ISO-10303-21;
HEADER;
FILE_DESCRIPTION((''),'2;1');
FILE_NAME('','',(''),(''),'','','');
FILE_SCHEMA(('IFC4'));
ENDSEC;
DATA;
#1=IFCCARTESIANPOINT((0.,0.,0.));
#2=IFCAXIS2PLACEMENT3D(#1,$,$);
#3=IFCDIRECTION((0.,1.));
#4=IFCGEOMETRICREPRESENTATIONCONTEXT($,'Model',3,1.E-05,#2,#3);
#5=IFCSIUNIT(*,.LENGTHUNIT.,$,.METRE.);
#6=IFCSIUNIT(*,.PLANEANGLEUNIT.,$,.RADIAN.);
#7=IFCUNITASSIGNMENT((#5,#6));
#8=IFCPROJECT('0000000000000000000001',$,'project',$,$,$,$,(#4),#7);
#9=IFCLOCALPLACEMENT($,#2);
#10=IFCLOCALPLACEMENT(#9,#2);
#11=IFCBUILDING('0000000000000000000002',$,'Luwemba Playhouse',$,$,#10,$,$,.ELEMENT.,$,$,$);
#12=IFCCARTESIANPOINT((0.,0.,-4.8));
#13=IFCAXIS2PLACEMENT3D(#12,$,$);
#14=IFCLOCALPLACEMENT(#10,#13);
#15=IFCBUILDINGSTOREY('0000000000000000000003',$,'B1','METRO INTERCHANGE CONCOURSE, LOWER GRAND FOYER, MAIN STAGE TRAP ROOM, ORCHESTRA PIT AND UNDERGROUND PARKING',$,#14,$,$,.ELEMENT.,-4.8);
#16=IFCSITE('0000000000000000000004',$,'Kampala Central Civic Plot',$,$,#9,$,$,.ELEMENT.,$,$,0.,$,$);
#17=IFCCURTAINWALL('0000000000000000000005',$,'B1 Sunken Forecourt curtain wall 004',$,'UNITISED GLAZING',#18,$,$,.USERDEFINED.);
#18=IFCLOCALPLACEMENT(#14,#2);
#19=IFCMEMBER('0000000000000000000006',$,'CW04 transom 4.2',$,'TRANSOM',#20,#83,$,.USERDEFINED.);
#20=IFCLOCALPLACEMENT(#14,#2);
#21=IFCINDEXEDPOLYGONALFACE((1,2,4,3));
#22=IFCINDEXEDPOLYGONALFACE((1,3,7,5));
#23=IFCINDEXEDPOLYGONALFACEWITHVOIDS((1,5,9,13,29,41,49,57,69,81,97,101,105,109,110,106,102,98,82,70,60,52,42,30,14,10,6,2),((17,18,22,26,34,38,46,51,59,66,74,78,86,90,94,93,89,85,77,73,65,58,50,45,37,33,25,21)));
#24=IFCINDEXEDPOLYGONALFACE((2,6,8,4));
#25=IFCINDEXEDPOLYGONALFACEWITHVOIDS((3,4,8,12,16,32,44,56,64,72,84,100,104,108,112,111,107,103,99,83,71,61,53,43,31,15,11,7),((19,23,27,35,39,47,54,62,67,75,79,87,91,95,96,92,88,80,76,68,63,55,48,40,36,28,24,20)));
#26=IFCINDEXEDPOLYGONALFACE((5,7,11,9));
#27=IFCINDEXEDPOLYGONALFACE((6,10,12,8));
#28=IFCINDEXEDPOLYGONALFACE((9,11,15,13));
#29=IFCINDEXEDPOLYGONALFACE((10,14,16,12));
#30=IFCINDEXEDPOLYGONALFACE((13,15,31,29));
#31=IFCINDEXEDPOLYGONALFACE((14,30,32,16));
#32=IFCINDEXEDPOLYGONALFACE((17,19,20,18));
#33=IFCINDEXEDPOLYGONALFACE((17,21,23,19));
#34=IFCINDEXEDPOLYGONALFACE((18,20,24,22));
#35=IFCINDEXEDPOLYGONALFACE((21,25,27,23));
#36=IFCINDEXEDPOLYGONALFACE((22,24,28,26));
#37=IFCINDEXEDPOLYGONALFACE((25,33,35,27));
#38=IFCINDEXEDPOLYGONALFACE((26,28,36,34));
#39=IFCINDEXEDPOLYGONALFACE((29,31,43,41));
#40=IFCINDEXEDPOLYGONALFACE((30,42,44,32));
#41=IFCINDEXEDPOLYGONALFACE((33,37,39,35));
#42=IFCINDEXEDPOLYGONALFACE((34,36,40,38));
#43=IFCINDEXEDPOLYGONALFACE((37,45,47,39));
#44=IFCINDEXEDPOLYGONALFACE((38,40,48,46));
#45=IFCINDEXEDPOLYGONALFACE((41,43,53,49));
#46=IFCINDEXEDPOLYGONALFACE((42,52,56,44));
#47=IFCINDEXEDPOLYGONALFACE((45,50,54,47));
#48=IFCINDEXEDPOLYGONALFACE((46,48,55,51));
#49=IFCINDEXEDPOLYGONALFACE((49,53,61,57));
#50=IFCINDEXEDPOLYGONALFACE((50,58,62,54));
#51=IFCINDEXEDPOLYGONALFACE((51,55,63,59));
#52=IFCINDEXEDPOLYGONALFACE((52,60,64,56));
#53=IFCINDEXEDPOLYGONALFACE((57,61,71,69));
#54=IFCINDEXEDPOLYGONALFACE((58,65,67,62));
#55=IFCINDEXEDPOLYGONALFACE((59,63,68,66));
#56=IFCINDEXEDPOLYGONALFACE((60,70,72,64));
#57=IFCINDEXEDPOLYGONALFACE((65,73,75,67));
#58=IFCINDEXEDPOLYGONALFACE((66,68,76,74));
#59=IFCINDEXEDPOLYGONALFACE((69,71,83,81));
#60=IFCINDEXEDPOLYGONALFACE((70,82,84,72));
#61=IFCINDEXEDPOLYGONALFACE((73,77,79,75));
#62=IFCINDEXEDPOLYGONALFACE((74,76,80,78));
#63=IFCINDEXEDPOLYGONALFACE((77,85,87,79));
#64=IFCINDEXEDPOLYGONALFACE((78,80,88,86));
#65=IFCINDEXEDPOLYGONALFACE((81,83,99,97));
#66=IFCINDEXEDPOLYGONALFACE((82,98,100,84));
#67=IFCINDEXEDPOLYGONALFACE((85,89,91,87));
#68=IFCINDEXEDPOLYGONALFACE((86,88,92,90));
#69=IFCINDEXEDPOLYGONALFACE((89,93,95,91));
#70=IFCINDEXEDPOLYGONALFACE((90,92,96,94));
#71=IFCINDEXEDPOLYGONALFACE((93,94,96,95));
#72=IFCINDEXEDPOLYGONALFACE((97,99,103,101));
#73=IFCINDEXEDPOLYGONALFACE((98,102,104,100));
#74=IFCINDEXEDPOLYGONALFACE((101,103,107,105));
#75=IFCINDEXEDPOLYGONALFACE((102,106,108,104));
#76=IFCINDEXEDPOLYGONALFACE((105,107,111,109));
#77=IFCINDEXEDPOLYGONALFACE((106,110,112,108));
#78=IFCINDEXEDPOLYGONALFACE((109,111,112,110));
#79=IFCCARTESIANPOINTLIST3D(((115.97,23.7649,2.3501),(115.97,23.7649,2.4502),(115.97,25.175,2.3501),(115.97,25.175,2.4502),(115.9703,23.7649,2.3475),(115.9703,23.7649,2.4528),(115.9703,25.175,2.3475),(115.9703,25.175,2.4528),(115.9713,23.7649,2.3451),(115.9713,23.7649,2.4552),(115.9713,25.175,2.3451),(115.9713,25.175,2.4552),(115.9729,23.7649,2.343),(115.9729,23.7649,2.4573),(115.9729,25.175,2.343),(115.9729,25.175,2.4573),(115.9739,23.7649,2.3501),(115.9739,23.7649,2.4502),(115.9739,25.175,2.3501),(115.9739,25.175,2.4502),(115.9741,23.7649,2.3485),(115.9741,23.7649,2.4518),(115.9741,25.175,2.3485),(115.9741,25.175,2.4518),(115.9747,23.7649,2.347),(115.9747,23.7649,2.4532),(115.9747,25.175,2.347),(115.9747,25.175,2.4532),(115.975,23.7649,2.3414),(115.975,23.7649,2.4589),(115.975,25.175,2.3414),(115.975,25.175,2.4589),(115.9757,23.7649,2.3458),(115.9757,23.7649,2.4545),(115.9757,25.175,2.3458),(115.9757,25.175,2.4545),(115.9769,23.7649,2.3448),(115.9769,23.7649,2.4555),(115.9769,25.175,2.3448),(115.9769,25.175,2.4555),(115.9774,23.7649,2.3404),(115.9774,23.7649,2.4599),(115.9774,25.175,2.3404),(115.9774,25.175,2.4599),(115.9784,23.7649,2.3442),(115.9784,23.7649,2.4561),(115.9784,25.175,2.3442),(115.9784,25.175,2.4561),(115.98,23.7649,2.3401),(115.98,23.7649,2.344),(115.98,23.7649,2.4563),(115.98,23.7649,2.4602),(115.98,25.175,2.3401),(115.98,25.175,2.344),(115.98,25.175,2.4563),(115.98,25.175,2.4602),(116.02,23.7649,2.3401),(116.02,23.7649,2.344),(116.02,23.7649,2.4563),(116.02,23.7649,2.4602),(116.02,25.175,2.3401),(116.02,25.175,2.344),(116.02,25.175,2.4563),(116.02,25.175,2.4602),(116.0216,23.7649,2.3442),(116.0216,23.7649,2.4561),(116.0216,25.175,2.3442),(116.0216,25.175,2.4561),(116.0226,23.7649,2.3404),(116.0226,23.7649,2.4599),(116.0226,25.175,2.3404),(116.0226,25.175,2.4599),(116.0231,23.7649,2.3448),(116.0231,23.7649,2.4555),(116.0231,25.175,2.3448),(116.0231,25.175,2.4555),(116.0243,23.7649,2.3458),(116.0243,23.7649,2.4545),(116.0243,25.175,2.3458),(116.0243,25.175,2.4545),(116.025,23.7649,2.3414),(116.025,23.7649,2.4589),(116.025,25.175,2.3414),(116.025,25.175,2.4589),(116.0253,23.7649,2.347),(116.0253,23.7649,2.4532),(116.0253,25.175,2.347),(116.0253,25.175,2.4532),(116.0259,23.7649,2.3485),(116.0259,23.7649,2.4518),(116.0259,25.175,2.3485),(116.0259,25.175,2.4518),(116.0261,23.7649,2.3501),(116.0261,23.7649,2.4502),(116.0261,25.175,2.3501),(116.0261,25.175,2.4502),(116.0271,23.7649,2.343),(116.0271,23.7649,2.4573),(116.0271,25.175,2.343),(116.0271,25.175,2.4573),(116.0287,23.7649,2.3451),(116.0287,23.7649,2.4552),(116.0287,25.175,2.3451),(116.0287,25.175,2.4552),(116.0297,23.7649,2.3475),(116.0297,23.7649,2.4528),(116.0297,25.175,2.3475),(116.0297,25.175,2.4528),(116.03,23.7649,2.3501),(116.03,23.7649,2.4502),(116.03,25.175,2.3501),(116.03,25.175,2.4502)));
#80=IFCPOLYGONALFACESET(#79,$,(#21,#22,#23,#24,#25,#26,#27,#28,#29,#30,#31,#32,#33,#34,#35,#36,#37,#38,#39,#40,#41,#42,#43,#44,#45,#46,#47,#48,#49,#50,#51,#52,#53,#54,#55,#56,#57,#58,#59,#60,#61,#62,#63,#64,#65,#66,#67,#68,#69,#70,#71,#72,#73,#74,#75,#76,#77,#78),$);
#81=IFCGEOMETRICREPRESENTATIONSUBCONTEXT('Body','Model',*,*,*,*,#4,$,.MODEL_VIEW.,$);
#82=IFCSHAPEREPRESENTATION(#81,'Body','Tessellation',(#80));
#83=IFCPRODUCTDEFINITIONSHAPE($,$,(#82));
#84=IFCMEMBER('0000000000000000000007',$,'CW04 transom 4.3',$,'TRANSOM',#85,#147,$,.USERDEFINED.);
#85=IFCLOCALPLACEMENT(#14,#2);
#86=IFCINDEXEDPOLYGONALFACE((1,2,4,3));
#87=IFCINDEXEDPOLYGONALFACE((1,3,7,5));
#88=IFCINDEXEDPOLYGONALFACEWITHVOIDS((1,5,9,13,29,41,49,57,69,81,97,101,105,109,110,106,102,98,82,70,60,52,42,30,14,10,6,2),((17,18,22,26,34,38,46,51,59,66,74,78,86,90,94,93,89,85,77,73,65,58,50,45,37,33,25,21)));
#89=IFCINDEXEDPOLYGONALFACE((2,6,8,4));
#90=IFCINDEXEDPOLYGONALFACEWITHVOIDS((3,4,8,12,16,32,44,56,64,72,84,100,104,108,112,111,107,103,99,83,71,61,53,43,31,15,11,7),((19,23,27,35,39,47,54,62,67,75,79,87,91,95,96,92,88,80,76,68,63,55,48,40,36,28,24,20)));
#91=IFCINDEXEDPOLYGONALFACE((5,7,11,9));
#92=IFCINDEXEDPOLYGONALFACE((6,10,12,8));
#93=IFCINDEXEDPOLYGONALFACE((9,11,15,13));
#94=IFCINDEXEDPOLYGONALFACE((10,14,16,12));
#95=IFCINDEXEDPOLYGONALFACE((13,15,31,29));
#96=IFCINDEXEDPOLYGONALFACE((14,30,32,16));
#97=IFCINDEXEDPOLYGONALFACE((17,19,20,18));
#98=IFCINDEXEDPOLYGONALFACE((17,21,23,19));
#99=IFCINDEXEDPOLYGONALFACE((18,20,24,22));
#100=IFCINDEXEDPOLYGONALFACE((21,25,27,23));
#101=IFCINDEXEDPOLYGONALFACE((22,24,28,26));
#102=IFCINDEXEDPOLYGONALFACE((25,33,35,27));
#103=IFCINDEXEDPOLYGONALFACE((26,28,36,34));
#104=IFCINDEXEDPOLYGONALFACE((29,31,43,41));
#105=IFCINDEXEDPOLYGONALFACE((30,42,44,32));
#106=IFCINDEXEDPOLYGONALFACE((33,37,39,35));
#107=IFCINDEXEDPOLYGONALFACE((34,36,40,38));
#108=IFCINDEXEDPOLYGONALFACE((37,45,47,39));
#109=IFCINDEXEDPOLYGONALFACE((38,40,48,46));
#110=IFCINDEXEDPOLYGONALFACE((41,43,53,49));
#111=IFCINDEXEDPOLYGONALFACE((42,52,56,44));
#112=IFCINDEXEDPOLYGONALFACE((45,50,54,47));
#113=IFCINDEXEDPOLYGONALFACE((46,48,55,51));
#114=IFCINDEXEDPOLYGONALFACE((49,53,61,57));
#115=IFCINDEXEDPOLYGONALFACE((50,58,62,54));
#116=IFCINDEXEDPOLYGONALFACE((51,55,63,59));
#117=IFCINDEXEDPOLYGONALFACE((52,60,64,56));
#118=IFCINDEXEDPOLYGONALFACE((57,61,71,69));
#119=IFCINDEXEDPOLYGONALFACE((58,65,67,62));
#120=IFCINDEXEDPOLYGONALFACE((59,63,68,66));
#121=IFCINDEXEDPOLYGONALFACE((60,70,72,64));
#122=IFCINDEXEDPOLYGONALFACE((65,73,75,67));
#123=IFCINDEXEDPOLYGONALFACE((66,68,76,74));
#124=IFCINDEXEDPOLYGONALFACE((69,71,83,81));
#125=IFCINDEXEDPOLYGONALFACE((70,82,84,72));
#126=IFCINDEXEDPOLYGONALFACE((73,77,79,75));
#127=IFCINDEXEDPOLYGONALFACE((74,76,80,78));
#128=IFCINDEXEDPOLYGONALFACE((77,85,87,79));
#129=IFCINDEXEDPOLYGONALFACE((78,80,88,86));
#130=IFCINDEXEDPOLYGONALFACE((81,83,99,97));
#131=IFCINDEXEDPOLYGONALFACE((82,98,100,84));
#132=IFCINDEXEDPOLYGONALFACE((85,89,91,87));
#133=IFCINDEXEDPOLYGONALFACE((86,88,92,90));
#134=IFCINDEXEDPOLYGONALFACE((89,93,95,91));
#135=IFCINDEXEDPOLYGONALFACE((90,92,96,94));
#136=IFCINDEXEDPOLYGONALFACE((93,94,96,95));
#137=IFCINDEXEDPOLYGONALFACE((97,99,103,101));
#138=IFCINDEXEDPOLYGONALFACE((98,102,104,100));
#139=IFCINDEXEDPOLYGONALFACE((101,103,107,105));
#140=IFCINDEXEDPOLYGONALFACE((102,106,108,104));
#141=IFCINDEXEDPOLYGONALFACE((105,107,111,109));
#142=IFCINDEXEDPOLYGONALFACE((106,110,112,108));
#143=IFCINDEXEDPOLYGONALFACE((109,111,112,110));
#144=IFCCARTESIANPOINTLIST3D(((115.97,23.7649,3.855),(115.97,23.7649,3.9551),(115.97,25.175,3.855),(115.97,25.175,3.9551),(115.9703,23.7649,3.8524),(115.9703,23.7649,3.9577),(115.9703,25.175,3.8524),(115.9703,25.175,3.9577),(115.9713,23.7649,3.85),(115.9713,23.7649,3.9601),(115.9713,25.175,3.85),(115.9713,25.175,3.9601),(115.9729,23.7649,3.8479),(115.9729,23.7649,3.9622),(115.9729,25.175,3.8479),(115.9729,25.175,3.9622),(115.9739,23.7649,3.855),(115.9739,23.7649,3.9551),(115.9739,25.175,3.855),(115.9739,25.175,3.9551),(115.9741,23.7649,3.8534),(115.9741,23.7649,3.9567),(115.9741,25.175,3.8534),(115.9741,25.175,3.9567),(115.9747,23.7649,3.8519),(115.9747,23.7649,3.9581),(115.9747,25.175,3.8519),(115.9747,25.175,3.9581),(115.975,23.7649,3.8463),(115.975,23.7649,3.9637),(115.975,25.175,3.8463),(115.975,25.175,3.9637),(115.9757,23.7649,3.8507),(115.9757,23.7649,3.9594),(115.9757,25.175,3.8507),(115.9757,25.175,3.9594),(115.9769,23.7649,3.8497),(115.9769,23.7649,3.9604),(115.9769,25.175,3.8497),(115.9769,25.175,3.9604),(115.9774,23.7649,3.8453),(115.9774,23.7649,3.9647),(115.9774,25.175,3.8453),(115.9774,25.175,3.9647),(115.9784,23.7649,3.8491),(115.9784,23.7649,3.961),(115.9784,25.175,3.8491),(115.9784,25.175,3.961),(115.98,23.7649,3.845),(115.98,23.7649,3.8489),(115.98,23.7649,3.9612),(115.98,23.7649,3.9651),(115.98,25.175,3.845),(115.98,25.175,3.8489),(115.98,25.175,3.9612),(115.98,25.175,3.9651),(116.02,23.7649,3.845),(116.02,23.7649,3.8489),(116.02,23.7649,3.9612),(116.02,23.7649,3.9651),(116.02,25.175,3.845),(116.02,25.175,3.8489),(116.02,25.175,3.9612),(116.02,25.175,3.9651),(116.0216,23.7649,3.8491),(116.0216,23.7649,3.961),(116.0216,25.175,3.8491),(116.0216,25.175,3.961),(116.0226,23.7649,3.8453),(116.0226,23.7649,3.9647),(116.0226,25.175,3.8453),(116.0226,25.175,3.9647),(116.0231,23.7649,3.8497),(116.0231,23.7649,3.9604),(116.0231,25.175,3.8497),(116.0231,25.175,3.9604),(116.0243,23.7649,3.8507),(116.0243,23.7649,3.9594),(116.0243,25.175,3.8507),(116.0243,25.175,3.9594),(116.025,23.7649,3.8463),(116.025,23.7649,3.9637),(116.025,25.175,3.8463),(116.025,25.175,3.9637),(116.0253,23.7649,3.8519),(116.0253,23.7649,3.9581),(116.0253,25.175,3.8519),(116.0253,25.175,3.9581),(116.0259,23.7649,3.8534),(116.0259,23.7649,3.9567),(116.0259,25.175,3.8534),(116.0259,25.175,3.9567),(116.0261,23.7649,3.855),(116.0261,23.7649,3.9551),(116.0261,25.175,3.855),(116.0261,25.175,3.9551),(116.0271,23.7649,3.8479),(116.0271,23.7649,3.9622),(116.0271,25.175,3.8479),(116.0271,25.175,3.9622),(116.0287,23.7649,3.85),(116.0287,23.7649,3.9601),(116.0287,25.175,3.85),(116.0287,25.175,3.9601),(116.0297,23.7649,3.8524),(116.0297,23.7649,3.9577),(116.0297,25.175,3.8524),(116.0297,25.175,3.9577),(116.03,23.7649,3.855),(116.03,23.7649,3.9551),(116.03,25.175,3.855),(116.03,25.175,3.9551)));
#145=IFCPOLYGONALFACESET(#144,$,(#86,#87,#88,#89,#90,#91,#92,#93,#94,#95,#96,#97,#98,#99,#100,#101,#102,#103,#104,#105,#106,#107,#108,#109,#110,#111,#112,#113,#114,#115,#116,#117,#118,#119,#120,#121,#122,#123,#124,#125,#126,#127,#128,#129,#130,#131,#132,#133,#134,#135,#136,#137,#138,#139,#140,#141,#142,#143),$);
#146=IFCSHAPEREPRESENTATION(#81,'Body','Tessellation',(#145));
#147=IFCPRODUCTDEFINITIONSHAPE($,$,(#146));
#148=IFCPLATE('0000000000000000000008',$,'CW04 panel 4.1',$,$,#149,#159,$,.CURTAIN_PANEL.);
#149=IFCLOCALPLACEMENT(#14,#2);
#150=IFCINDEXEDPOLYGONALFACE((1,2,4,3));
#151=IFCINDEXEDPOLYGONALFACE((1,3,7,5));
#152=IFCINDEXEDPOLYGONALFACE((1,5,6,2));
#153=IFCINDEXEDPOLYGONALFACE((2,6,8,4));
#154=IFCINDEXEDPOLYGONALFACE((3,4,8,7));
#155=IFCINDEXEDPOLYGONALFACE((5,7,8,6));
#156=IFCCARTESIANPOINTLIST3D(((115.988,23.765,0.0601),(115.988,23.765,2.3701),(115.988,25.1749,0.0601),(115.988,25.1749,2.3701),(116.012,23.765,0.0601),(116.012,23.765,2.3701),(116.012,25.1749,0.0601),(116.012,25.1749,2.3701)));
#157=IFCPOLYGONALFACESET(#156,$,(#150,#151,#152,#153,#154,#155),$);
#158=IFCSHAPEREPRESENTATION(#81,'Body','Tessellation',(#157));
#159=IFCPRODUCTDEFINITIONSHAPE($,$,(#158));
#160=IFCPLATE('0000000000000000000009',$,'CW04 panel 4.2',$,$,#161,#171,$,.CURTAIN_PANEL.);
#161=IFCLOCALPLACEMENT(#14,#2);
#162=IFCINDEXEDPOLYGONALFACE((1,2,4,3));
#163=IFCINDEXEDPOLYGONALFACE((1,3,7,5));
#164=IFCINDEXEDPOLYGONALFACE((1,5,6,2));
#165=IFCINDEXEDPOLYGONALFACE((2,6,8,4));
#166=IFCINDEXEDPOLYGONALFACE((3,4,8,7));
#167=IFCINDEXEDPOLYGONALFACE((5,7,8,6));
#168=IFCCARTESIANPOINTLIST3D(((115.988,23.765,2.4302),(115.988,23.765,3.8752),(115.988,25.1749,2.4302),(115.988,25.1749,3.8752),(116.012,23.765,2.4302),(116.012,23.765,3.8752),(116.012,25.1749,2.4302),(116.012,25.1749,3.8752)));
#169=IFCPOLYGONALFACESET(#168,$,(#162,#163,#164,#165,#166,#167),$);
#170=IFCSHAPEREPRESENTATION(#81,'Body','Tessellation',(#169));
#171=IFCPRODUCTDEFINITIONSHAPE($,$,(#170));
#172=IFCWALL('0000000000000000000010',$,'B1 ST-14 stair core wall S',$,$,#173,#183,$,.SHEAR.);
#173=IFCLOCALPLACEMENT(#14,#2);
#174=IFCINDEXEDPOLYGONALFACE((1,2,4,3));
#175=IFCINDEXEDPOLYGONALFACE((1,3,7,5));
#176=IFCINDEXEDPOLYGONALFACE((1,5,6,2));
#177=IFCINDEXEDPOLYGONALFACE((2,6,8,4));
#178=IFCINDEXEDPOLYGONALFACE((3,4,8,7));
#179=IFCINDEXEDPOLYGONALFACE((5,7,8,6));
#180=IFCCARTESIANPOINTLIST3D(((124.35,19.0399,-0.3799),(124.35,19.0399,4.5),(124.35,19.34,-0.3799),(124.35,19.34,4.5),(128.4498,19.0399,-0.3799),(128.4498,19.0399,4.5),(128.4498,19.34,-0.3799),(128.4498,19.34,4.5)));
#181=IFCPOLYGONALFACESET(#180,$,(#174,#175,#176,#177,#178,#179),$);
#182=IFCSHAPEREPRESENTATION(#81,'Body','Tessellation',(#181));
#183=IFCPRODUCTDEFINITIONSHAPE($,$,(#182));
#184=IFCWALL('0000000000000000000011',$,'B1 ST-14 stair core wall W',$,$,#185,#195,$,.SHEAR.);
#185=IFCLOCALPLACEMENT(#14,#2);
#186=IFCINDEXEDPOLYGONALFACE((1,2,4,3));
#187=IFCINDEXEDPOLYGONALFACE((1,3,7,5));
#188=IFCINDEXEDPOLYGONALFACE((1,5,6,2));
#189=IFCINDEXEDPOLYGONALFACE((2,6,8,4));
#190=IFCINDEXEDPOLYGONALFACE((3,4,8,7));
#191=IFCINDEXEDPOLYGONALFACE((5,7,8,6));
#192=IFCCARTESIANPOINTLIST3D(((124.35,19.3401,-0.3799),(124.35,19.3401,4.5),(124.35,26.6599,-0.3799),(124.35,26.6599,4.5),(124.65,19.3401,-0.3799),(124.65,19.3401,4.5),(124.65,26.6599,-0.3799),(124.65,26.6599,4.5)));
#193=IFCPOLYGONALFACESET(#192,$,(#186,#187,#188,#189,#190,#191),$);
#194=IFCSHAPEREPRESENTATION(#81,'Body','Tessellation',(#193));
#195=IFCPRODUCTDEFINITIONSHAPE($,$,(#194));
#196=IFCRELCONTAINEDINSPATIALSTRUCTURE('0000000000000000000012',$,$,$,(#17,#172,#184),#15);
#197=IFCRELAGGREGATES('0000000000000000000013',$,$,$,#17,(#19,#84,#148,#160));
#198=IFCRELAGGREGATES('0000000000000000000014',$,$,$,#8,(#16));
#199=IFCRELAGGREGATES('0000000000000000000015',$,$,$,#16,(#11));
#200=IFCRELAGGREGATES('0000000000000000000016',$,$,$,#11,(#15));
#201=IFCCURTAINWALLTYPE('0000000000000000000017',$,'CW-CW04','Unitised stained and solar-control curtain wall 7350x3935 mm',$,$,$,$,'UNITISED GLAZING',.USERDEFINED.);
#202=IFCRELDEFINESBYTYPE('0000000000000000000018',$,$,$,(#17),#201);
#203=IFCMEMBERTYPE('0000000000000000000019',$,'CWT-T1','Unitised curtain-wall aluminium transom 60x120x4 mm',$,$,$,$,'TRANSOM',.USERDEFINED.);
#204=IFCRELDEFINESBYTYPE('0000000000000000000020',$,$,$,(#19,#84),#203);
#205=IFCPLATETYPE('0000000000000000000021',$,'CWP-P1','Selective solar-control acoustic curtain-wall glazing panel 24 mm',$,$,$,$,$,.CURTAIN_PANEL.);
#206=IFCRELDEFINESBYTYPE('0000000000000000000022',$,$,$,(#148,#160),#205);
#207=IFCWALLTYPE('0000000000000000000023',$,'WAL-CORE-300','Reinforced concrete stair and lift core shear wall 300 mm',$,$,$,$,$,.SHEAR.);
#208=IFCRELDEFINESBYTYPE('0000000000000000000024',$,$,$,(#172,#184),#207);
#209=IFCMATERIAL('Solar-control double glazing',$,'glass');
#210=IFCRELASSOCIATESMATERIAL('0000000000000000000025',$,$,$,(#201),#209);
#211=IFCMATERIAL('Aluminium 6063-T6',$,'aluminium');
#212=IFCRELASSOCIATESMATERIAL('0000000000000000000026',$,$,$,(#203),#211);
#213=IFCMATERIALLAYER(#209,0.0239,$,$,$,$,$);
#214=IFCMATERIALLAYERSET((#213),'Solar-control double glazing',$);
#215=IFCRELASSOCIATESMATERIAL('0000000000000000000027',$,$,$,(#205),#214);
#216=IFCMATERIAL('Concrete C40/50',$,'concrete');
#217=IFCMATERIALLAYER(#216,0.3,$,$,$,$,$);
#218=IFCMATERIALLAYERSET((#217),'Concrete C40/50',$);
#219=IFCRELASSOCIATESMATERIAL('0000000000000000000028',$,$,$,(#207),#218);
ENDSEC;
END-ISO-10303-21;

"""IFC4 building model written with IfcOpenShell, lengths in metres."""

from ifc_helpers import new_model, si_unit, direction, frame, frame_2d, origin, origin_2d, place, context, subcontext, project, spatial, rectangle, hollow_rectangle, extrude, material, layer, layer_set, material_profile, profile_set, type_object, element, aggregate, save


model = new_model("IFC4")

# Units and contexts
model_context = context("Model", 3, precision=1e-05, world=origin(), true_north=direction((0.0, 1.0)))
body_context = subcontext(model_context, "Body", "Model", "MODEL_VIEW")
ifc_project = project(units=[si_unit("LENGTHUNIT", "METRE"), si_unit("PLANEANGLEUNIT", "RADIAN")], contexts=[model_context])

# Site, building, storey
site_placement = place(None, origin())
site = spatial("IfcSite", under=ifc_project, at=site_placement, Name="Kampala Central Civic Plot", CompositionType="ELEMENT", RefElevation=0.0)
building_placement = place(site_placement, origin())
building = spatial("IfcBuilding", under=site, at=building_placement, Name="Luwemba Playhouse", CompositionType="ELEMENT")
storey_placement = place(building_placement, frame((0.0, 0.0, -4.8)))
storey = spatial("IfcBuildingStorey", under=building, at=storey_placement, Name="B1", Description="METRO INTERCHANGE CONCOURSE, LOWER GRAND FOYER, MAIN STAGE TRAP ROOM, ORCHESTRA PIT AND UNDERGROUND PARKING", CompositionType="ELEMENT", Elevation=-4.8)

# Shared definitions
ifc_material_1 = material(Name="Concrete C40/50", Category="concrete")

# Curtain wall, members, plates
ifc_material_2 = material(Name="Solar-control double glazing", Category="glass")
curtain_wall_type = type_object("IfcCurtainWallType", Name="CW-CW04", Description="Unitised stained and solar-control curtain wall 7350x3935 mm", ElementType="UNITISED GLAZING", PredefinedType="USERDEFINED", material=ifc_material_2)
curtain_wall_placement = place(storey_placement, origin())
curtain_wall = element("IfcCurtainWall", 1, at=curtain_wall_placement, inside=storey, type_object=curtain_wall_type, Name="B1 Sunken Forecourt curtain wall 004", ObjectType="UNITISED GLAZING", PredefinedType="USERDEFINED")
ifc_material_3 = material(Name="Aluminium 6063-T6", Category="aluminium")
ifc_material_profile_1 = material_profile(ifc_material_3, hollow_rectangle(XDim=0.0601, YDim=0.1201, WallThickness=0.0039, InnerFilletRadius=0.0061, OuterFilletRadius=0.01, at=origin_2d()))
ifc_profile_set_1 = profile_set([ifc_material_profile_1], Name="Aluminium 6063-T6")
member_type_1 = type_object("IfcMemberType", Name="CWT-T1", Description="Unitised curtain-wall aluminium transom 60x120x4 mm", ElementType="TRANSOM", PredefinedType="USERDEFINED", material=ifc_profile_set_1)
member_1_placement = place(storey_placement, frame((116.0, 23.7649, 2.4001), z_axis=(0.0, 1.0, 0.0), x_axis=(-1.0, 0.0, 0.0)))
member_1 = element("IfcMember", 2, at=member_1_placement, type_object=member_type_1, Name="CW04 transom 4.2", ObjectType="TRANSOM", PredefinedType="USERDEFINED", context=body_context, shape_type="SweptSolid", body=[
    extrude(hollow_rectangle(XDim=0.0601, YDim=0.1201, WallThickness=0.0039, InnerFilletRadius=0.0061, OuterFilletRadius=0.01, at=origin_2d()), origin(), (0.0, 0.0, 1.0), 1.4102),
])
member_2_placement = place(storey_placement, frame((116.0, 23.7649, 3.905), z_axis=(0.0, 1.0, 0.0), x_axis=(-1.0, 0.0, 0.0)))
member_2 = element("IfcMember", 3, at=member_2_placement, type_object=member_type_1, Name="CW04 transom 4.3", ObjectType="TRANSOM", PredefinedType="USERDEFINED", context=body_context, shape_type="SweptSolid", body=[
    extrude(hollow_rectangle(XDim=0.0601, YDim=0.1201, WallThickness=0.0039, InnerFilletRadius=0.0061, OuterFilletRadius=0.01, at=origin_2d()), origin(), (0.0, 0.0, 1.0), 1.4102),
])
ifc_layer_1 = layer(ifc_material_2, 0.0239)
ifc_layer_set_1 = layer_set([ifc_layer_1], Name="Solar-control double glazing")
plate_type = type_object("IfcPlateType", Name="CWP-P1", Description="Selective solar-control acoustic curtain-wall glazing panel 24 mm", PredefinedType="CURTAIN_PANEL", material=ifc_layer_set_1)
plate_1_placement = place(storey_placement, frame((116.0, 24.47, 0.0601), z_axis=(0.0, 0.0, 1.0), x_axis=(0.0, 1.0, 0.0)))
plate_1 = element("IfcPlate", 4, at=plate_1_placement, type_object=plate_type, Name="CW04 panel 4.1", PredefinedType="CURTAIN_PANEL", context=body_context, shape_type="SweptSolid", body=[
    extrude(rectangle(XDim=1.4099, YDim=0.0239, at=origin_2d()), origin(), (0.0, 0.0, 1.0), 2.3101),
])
plate_2_placement = place(storey_placement, frame((116.0, 24.47, 2.4302), z_axis=(0.0, 0.0, 1.0), x_axis=(0.0, 1.0, 0.0)))
plate_2 = element("IfcPlate", 5, at=plate_2_placement, type_object=plate_type, Name="CW04 panel 4.2", PredefinedType="CURTAIN_PANEL", context=body_context, shape_type="SweptSolid", body=[
    extrude(rectangle(XDim=1.4099, YDim=0.0239, at=origin_2d()), origin(), (0.0, 0.0, 1.0), 1.4451),
])
aggregate(curtain_wall, [member_1, member_2, plate_1, plate_2])

# Walls
ifc_layer_2 = layer(ifc_material_1, 0.3)
ifc_layer_set_2 = layer_set([ifc_layer_2], Name="Concrete C40/50")
wall_type = type_object("IfcWallType", Name="WAL-CORE-300", Description="Reinforced concrete stair and lift core shear wall 300 mm", PredefinedType="SHEAR", material=ifc_layer_set_2)
wall_1_placement = place(storey_placement, frame((124.3501, 19.1899, -0.3799), z_axis=(0.0, 0.0, 1.0), x_axis=(1.0, 0.0, 0.0)))
element("IfcWall", 6, at=wall_1_placement, inside=storey, type_object=wall_type, Name="B1 ST-14 stair core wall S", PredefinedType="SHEAR", context=body_context, shape_type="SweptSolid", body=[
    extrude(rectangle(XDim=4.0999, YDim=0.3, at=frame_2d((2.0498, 0.0))), origin(), (0.0, 0.0, 1.0), 4.8799),
])
wall_2_placement = place(storey_placement, frame((124.5, 19.3401, -0.3799), z_axis=(0.0, 0.0, 1.0), x_axis=(0.0, 1.0, 0.0)))
element("IfcWall", 7, at=wall_2_placement, inside=storey, type_object=wall_type, Name="B1 ST-14 stair core wall W", PredefinedType="SHEAR", context=body_context, shape_type="SweptSolid", body=[
    extrude(rectangle(XDim=7.3198, YDim=0.3, at=frame_2d((3.6599, 0.0))), origin(), (0.0, 0.0, 1.0), 4.8799),
])

save(model, "model.ifc")
